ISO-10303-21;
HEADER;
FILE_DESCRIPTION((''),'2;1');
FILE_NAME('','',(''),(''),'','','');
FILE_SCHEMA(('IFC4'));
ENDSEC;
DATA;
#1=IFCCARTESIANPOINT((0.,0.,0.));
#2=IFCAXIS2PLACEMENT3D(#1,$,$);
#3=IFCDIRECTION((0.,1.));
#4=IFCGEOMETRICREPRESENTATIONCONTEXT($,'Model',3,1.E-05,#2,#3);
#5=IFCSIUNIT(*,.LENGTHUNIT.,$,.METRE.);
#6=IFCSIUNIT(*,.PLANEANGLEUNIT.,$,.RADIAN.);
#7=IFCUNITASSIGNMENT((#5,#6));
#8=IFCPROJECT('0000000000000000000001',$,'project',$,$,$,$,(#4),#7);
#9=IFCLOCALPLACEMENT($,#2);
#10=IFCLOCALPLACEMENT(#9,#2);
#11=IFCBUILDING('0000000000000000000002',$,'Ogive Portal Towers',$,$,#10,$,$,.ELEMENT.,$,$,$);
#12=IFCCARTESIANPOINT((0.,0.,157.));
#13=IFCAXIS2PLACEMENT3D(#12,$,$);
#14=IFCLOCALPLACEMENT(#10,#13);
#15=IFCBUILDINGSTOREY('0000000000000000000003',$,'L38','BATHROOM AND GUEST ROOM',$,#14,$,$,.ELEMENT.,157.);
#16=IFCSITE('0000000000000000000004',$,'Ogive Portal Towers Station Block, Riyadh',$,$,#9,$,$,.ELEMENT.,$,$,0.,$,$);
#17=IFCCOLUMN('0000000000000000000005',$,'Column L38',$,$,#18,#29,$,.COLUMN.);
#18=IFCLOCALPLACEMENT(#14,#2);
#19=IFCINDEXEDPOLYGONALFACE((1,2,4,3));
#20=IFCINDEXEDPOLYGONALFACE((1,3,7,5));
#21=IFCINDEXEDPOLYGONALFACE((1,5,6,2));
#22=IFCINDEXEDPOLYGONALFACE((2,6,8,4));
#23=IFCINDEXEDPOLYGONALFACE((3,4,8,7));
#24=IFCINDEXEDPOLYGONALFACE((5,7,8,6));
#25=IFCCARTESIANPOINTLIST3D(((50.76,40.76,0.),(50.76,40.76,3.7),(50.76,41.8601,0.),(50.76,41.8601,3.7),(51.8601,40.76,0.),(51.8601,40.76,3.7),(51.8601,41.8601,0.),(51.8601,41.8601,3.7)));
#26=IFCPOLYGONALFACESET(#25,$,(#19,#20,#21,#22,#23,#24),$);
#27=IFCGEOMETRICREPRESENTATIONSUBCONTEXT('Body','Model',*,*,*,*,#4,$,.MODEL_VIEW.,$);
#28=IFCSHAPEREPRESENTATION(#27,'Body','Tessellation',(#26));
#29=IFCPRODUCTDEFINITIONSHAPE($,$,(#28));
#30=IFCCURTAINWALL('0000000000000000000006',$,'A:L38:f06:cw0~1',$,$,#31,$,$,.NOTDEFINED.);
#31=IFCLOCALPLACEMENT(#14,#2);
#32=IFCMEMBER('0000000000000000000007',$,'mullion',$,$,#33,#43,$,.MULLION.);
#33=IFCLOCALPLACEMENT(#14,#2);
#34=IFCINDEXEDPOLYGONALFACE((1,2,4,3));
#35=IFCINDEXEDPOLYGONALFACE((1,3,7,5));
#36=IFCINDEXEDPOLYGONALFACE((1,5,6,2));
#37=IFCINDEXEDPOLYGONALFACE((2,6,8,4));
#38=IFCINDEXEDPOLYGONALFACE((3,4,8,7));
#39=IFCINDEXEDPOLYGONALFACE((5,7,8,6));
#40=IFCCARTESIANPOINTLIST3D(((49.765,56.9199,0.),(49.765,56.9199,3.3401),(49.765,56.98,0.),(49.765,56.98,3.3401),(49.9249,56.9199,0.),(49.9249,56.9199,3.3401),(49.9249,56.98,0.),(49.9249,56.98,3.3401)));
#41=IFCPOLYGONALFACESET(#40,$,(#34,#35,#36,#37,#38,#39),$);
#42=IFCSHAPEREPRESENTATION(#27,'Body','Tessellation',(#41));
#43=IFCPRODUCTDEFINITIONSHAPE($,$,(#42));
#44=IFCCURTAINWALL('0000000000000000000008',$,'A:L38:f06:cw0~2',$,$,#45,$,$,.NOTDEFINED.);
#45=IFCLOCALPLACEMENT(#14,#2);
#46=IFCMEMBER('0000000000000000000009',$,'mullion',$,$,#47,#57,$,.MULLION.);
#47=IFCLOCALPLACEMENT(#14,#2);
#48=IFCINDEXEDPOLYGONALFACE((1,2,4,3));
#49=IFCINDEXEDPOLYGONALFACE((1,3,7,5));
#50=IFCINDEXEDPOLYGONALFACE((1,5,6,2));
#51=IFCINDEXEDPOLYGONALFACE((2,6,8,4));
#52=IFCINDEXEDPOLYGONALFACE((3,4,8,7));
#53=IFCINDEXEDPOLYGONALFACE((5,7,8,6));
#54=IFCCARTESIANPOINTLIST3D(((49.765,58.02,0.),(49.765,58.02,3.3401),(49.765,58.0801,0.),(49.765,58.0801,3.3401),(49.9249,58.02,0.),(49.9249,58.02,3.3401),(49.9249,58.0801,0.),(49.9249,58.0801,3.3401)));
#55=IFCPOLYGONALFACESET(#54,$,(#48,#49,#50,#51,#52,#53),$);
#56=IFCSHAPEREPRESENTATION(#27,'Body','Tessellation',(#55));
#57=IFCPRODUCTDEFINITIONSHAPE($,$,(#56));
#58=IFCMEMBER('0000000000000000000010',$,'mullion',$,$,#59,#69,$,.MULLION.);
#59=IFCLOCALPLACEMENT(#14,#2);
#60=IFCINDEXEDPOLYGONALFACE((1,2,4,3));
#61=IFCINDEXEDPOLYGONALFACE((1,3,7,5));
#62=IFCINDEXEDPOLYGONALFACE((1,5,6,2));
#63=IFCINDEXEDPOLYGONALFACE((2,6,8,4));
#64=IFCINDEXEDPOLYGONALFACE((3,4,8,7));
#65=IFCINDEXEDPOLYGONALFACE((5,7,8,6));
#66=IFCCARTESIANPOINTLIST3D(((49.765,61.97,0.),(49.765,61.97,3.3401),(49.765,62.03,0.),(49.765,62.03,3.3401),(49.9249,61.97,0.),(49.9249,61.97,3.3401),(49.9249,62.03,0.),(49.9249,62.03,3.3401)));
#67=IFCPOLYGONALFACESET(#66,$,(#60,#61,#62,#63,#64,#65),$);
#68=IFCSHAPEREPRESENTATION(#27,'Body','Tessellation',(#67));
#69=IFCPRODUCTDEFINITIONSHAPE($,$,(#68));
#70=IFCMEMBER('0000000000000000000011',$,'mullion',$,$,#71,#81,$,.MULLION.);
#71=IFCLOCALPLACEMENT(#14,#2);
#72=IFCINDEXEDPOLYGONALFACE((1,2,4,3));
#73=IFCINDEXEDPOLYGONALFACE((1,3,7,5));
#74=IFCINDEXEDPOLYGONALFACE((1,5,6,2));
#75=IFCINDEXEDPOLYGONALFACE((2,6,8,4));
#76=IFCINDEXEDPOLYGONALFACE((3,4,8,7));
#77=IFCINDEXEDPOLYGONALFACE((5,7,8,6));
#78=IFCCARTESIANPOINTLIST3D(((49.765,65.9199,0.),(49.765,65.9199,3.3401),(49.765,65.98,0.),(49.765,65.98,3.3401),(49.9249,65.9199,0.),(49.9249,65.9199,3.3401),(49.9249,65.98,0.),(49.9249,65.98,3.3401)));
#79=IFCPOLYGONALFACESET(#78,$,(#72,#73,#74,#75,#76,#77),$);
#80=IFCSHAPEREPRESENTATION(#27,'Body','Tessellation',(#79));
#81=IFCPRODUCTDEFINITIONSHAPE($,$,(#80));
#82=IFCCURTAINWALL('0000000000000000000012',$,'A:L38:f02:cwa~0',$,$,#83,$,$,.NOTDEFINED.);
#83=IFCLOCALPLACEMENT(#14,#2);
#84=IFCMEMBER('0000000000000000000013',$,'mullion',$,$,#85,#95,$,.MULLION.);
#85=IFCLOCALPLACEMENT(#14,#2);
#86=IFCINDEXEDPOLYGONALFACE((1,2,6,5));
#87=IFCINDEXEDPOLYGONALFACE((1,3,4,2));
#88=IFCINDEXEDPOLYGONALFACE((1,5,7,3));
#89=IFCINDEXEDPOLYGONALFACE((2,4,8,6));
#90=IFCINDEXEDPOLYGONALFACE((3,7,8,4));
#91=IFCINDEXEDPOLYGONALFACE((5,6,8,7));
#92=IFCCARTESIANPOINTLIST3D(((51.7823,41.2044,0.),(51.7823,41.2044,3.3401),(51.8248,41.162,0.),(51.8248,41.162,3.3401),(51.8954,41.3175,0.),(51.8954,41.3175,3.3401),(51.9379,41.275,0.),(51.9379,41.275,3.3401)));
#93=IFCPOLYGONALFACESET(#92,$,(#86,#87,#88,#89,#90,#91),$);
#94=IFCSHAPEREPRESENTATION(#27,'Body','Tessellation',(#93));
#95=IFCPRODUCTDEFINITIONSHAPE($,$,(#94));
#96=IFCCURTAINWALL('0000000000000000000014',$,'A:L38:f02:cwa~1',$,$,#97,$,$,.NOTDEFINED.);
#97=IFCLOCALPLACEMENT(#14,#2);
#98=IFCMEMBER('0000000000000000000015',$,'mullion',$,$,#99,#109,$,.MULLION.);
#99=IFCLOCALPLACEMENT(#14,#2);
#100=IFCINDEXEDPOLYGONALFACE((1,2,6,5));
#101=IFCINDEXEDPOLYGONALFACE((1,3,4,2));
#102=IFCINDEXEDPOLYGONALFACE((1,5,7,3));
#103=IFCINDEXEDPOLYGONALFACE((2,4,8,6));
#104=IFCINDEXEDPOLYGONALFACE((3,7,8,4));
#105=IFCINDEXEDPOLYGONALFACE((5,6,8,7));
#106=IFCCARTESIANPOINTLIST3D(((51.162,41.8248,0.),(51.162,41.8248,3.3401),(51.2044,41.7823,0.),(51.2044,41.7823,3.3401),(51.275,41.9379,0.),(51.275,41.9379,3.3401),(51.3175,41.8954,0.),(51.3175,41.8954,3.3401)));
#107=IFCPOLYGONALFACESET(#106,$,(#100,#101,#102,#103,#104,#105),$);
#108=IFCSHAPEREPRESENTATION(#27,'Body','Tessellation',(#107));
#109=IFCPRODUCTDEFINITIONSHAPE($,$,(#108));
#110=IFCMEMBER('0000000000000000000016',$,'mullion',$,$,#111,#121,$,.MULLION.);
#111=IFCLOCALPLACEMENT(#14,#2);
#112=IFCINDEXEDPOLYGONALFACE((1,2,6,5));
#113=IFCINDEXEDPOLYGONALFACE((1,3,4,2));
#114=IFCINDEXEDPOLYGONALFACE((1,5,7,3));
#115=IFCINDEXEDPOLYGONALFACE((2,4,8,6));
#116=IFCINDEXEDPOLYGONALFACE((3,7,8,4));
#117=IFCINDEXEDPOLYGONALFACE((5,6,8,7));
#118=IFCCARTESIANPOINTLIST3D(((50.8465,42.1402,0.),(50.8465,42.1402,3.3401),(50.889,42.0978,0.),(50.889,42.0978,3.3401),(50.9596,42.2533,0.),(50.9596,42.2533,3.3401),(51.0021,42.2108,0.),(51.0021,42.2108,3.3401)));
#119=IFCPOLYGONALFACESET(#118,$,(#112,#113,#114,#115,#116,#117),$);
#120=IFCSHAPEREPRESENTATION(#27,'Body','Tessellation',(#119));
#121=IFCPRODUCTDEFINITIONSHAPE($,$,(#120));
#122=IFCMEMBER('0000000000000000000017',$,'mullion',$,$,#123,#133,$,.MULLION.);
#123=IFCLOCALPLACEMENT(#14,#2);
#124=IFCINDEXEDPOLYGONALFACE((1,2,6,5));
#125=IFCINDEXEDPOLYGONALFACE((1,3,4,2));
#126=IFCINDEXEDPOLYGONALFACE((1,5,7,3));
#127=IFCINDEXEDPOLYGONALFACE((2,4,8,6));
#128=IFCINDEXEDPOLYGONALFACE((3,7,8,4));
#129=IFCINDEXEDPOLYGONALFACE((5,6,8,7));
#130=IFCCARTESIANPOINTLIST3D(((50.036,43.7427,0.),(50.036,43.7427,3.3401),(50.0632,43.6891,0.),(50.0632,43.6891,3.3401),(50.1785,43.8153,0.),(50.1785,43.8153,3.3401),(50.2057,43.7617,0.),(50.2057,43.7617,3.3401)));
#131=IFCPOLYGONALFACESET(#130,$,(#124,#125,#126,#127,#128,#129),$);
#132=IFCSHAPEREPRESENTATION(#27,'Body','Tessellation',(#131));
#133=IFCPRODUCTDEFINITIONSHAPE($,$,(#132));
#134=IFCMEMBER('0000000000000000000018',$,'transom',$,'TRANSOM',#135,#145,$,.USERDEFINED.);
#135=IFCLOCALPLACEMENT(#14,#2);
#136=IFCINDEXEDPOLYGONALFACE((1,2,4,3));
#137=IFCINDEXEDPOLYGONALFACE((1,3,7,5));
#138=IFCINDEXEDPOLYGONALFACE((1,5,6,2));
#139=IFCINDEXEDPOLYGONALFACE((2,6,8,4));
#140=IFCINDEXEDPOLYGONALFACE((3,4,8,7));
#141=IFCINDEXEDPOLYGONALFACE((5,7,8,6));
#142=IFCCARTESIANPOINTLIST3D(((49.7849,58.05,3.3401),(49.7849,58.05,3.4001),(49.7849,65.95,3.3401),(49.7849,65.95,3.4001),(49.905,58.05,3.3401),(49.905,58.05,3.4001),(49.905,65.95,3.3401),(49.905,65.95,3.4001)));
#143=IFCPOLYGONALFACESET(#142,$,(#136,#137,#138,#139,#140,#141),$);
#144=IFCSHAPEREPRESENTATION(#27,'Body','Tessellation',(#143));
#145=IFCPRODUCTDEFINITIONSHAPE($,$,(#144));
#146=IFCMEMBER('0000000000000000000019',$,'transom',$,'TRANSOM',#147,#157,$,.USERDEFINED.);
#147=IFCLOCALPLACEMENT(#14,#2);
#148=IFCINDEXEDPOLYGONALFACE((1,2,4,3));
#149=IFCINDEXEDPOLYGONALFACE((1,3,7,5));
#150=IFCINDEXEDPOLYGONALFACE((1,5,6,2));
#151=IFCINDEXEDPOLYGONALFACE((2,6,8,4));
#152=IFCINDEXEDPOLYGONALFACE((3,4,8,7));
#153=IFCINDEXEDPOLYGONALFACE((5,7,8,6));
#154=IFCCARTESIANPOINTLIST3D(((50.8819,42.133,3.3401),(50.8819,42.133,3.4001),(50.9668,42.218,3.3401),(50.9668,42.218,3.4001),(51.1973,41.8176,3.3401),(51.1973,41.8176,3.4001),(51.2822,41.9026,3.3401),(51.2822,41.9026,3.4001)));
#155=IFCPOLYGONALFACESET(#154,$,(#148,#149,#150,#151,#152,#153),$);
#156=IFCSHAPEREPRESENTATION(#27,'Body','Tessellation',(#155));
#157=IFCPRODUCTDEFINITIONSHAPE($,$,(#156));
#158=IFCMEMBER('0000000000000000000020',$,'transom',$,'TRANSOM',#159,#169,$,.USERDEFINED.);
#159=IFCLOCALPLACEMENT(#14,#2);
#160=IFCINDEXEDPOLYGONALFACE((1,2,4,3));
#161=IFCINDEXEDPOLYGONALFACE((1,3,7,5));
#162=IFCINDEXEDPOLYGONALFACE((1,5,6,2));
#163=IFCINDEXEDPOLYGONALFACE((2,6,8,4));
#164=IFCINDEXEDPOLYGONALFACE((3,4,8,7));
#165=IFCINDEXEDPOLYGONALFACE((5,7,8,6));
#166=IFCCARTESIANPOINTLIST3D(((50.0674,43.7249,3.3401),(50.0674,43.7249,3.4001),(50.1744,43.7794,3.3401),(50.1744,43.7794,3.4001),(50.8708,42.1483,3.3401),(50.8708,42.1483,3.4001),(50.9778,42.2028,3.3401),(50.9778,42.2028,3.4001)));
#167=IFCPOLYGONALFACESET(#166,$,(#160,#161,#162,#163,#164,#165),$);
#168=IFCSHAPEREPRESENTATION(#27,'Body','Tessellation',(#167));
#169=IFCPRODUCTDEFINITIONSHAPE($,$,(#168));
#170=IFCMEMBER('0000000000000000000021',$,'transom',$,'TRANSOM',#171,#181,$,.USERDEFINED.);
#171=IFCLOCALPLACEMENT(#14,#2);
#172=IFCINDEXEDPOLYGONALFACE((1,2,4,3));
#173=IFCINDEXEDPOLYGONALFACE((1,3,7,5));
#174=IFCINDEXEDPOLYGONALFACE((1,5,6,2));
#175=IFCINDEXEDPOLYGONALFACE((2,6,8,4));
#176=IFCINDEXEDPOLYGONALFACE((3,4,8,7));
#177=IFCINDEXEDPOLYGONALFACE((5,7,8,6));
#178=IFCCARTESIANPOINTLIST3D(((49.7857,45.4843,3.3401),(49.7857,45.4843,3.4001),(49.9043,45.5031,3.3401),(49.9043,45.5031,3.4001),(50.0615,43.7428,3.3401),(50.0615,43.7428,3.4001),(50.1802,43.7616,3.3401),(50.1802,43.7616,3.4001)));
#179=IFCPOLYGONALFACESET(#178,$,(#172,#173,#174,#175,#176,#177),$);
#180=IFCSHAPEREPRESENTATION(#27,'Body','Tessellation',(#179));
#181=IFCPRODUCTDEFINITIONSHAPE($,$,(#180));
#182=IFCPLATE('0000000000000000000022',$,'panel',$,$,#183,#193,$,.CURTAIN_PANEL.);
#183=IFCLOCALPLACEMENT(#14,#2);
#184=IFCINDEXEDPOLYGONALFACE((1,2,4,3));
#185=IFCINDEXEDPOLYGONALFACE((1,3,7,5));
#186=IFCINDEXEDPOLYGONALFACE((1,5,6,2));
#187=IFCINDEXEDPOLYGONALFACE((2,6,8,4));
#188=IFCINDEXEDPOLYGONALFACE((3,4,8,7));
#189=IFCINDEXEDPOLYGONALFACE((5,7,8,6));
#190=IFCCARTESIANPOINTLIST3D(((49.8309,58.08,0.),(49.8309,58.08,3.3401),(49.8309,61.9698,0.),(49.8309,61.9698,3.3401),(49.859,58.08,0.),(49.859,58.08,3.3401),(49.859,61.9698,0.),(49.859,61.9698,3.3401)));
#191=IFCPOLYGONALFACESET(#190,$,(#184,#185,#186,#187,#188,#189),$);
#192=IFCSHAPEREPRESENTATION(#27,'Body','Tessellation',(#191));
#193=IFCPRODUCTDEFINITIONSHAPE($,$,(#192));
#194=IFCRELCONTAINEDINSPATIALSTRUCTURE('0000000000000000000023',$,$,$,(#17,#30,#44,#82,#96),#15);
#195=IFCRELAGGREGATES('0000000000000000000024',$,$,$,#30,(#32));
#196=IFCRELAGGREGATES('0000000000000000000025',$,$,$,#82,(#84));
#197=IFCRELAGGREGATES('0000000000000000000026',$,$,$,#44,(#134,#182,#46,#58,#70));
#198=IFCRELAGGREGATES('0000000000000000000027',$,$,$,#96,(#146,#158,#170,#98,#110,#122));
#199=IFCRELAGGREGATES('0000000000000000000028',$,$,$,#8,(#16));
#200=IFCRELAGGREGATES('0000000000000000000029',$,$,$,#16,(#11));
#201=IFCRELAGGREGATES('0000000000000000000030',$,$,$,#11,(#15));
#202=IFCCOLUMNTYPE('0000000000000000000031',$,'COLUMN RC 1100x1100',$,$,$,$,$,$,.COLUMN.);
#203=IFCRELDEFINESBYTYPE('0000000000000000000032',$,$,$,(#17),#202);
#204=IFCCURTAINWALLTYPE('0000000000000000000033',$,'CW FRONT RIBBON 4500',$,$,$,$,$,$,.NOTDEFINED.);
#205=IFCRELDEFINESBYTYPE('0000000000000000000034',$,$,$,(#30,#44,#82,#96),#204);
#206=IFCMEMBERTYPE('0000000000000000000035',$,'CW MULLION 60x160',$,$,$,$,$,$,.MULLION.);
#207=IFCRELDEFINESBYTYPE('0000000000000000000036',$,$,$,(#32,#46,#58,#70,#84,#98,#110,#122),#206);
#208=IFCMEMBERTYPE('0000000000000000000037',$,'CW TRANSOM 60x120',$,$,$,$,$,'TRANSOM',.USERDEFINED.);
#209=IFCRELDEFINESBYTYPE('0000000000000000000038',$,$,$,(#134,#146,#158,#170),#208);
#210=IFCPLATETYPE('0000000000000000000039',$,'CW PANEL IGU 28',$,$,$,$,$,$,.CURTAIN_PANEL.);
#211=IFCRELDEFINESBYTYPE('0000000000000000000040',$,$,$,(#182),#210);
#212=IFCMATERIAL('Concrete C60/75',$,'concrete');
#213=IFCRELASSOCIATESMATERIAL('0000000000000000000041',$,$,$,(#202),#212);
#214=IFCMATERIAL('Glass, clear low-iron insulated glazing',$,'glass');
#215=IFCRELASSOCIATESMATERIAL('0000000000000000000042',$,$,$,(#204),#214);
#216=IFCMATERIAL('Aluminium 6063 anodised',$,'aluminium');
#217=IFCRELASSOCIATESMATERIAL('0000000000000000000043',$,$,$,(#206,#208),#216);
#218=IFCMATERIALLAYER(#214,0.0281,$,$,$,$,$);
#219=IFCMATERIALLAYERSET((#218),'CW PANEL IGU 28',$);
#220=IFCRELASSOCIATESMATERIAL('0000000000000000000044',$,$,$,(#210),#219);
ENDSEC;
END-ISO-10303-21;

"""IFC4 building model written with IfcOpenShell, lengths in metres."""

from ifc_helpers import new_model, si_unit, direction, frame, origin, origin_2d, place, context, subcontext, project, spatial, rectangle, extrude, material, layer, layer_set, material_profile, profile_set, type_object, element, aggregate, save


model = new_model("IFC4")

# Units and contexts
model_context = context("Model", 3, precision=1e-05, world=origin(), true_north=direction((0.0, 1.0)))
body_context = subcontext(model_context, "Body", "Model", "MODEL_VIEW")
ifc_project = project(units=[si_unit("LENGTHUNIT", "METRE"), si_unit("PLANEANGLEUNIT", "RADIAN")], contexts=[model_context])

# Site, building, storey
site_placement = place(None, origin())
site = spatial("IfcSite", under=ifc_project, at=site_placement, Name="Ogive Portal Towers Station Block, Riyadh", CompositionType="ELEMENT", RefElevation=0.0)
building_placement = place(site_placement, origin())
building = spatial("IfcBuilding", under=site, at=building_placement, Name="Ogive Portal Towers", CompositionType="ELEMENT")
storey_placement = place(building_placement, frame((0.0, 0.0, 157.0)))
storey = spatial("IfcBuildingStorey", under=building, at=storey_placement, Name="L38", Description="BATHROOM AND GUEST ROOM", CompositionType="ELEMENT", Elevation=157.0)

# Column
ifc_material_1 = material(Name="Concrete C60/75", Category="concrete")
ifc_material_profile_1 = material_profile(ifc_material_1, rectangle(XDim=1.1001, YDim=1.1001, at=origin_2d()), Name="RC 1100x1100")
ifc_profile_set_1 = profile_set([ifc_material_profile_1], Name="Concrete C60/75")
column_type = type_object("IfcColumnType", Name="COLUMN RC 1100x1100", PredefinedType="COLUMN", material=ifc_profile_set_1)
column_placement = place(storey_placement, frame((51.3101, 41.3101, 0.0), z_axis=(0.0, 0.0, 1.0), x_axis=(1.0, 0.0, 0.0)))
element("IfcColumn", 1, at=column_placement, inside=storey, type_object=column_type, Name="Column L38", PredefinedType="COLUMN", context=body_context, shape_type="SweptSolid", body=[
    extrude(rectangle(XDim=1.1001, YDim=1.1001, at=origin_2d()), origin(), (0.0, 0.0, 1.0), 3.7),
])

# Curtain wall, member
ifc_material_2 = material(Name="Glass, clear low-iron insulated glazing", Category="glass")
curtain_wall_type = type_object("IfcCurtainWallType", Name="CW FRONT RIBBON 4500", PredefinedType="NOTDEFINED", material=ifc_material_2)
curtain_wall_1_placement = place(storey_placement, origin())
curtain_wall_1 = element("IfcCurtainWall", 2, at=curtain_wall_1_placement, inside=storey, type_object=curtain_wall_type, Name="A:L38:f06:cw0~1", PredefinedType="NOTDEFINED")
ifc_material_3 = material(Name="Aluminium 6063 anodised", Category="aluminium")
ifc_material_profile_2 = material_profile(ifc_material_3, rectangle(XDim=0.1599, YDim=0.0601, at=origin_2d()), Name="AL 60x160")
ifc_profile_set_2 = profile_set([ifc_material_profile_2], Name="Aluminium 6063 anodised")
member_type_1 = type_object("IfcMemberType", Name="CW MULLION 60x160", PredefinedType="MULLION", material=ifc_profile_set_2)
member_1_placement = place(storey_placement, frame((49.845, 56.95, 0.0), z_axis=(0.0, 0.0, 1.0), x_axis=(-1.0, 0.0, 0.0)))
member_1 = element("IfcMember", 3, at=member_1_placement, type_object=member_type_1, Name="mullion", PredefinedType="MULLION", context=body_context, shape_type="SweptSolid", body=[
    extrude(rectangle(XDim=0.1599, YDim=0.0601, at=origin_2d()), origin(), (0.0, 0.0, 1.0), 3.3401),
])
aggregate(curtain_wall_1, [member_1])

# Curtain wall, members
curtain_wall_2_placement = place(storey_placement, origin())
curtain_wall_2 = element("IfcCurtainWall", 4, at=curtain_wall_2_placement, inside=storey, type_object=curtain_wall_type, Name="A:L38:f06:cw0~2", PredefinedType="NOTDEFINED")
member_2_placement = place(storey_placement, frame((49.845, 58.05, 0.0), z_axis=(0.0, 0.0, 1.0), x_axis=(-1.0, 0.0, 0.0)))
member_2 = element("IfcMember", 5, at=member_2_placement, type_object=member_type_1, Name="mullion", PredefinedType="MULLION", context=body_context, shape_type="SweptSolid", body=[
    extrude(rectangle(XDim=0.1599, YDim=0.0601, at=origin_2d()), origin(), (0.0, 0.0, 1.0), 3.3401),
])
member_3_placement = place(storey_placement, frame((49.845, 62.0, 0.0), z_axis=(0.0, 0.0, 1.0), x_axis=(-1.0, 0.0, 0.0)))
member_3 = element("IfcMember", 6, at=member_3_placement, type_object=member_type_1, Name="mullion", PredefinedType="MULLION", context=body_context, shape_type="SweptSolid", body=[
    extrude(rectangle(XDim=0.1599, YDim=0.0601, at=origin_2d()), origin(), (0.0, 0.0, 1.0), 3.3401),
])
member_4_placement = place(storey_placement, frame((49.845, 65.95, 0.0), z_axis=(0.0, 0.0, 1.0), x_axis=(-1.0, 0.0, 0.0)))
member_4 = element("IfcMember", 7, at=member_4_placement, type_object=member_type_1, Name="mullion", PredefinedType="MULLION", context=body_context, shape_type="SweptSolid", body=[
    extrude(rectangle(XDim=0.1599, YDim=0.0601, at=origin_2d()), origin(), (0.0, 0.0, 1.0), 3.3401),
])

# Curtain wall, member
curtain_wall_3_placement = place(storey_placement, origin())
curtain_wall_3 = element("IfcCurtainWall", 8, at=curtain_wall_3_placement, inside=storey, type_object=curtain_wall_type, Name="A:L38:f02:cwa~0", PredefinedType="NOTDEFINED")
member_5_placement = place(storey_placement, frame((51.8601, 41.2397, 0.0), z_axis=(0.0, 0.0, 1.0), x_axis=(-0.707107, -0.707107, 0.0)))
member_5 = element("IfcMember", 9, at=member_5_placement, type_object=member_type_1, Name="mullion", PredefinedType="MULLION", context=body_context, shape_type="SweptSolid", body=[
    extrude(rectangle(XDim=0.1599, YDim=0.0601, at=origin_2d()), origin(), (0.0, 0.0, 1.0), 3.3401),
])
aggregate(curtain_wall_3, [member_5])

# Curtain wall, members
curtain_wall_4_placement = place(storey_placement, origin())
curtain_wall_4 = element("IfcCurtainWall", 10, at=curtain_wall_4_placement, inside=storey, type_object=curtain_wall_type, Name="A:L38:f02:cwa~1", PredefinedType="NOTDEFINED")
member_6_placement = place(storey_placement, frame((51.2397, 41.8601, 0.0), z_axis=(0.0, 0.0, 1.0), x_axis=(-0.707107, -0.707107, 0.0)))
member_6 = element("IfcMember", 11, at=member_6_placement, type_object=member_type_1, Name="mullion", PredefinedType="MULLION", context=body_context, shape_type="SweptSolid", body=[
    extrude(rectangle(XDim=0.1599, YDim=0.0601, at=origin_2d()), origin(), (0.0, 0.0, 1.0), 3.3401),
])
member_7_placement = place(storey_placement, frame((50.9243, 42.1755, 0.0), z_axis=(0.0, 0.0, 1.0), x_axis=(-0.707107, -0.707107, 0.0)))
member_7 = element("IfcMember", 12, at=member_7_placement, type_object=member_type_1, Name="mullion", PredefinedType="MULLION", context=body_context, shape_type="SweptSolid", body=[
    extrude(rectangle(XDim=0.1599, YDim=0.0601, at=origin_2d()), origin(), (0.0, 0.0, 1.0), 3.3401),
])
member_8_placement = place(storey_placement, frame((50.1208, 43.7522, 0.0), z_axis=(0.0, 0.0, 1.0), x_axis=(-0.891007, -0.45399, 0.0)))
member_8 = element("IfcMember", 13, at=member_8_placement, type_object=member_type_1, Name="mullion", PredefinedType="MULLION", context=body_context, shape_type="SweptSolid", body=[
    extrude(rectangle(XDim=0.1599, YDim=0.0601, at=origin_2d()), origin(), (0.0, 0.0, 1.0), 3.3401),
])

# Members
ifc_material_profile_3 = material_profile(ifc_material_3, rectangle(XDim=0.1201, YDim=0.0601, at=origin_2d()), Name="AL 120x60")
ifc_profile_set_3 = profile_set([ifc_material_profile_3], Name="Aluminium 6063 anodised")
member_type_2 = type_object("IfcMemberType", Name="CW TRANSOM 60x120", ElementType="TRANSOM", PredefinedType="USERDEFINED", material=ifc_profile_set_3)
member_9_placement = place(storey_placement, frame((49.845, 58.05, 3.3701), z_axis=(0.0, 1.0, 0.0), x_axis=(-1.0, 0.0, 0.0)))
member_9 = element("IfcMember", 14, at=member_9_placement, type_object=member_type_2, Name="transom", ObjectType="TRANSOM", PredefinedType="USERDEFINED", context=body_context, shape_type="SweptSolid", body=[
    extrude(rectangle(XDim=0.1201, YDim=0.0601, at=origin_2d()), origin(), (0.0, 0.0, 1.0), 7.8999),
])
member_10_placement = place(storey_placement, frame((51.2397, 41.8601, 3.3701), z_axis=(-0.707107, 0.707107, 0.0), x_axis=(-0.707107, -0.707107, 0.0)))
member_10 = element("IfcMember", 15, at=member_10_placement, type_object=member_type_2, Name="transom", ObjectType="TRANSOM", PredefinedType="USERDEFINED", context=body_context, shape_type="SweptSolid", body=[
    extrude(rectangle(XDim=0.1201, YDim=0.0601, at=origin_2d()), origin(), (0.0, 0.0, 1.0), 0.446),
])
member_11_placement = place(storey_placement, frame((50.9243, 42.1755, 3.3701), z_axis=(-0.454044, 0.890979, 0.0), x_axis=(-0.890979, -0.454044, 0.0)))
member_11 = element("IfcMember", 16, at=member_11_placement, type_object=member_type_2, Name="transom", ObjectType="TRANSOM", PredefinedType="USERDEFINED", context=body_context, shape_type="SweptSolid", body=[
    extrude(rectangle(XDim=0.1201, YDim=0.0601, at=origin_2d()), origin(), (0.0, 0.0, 1.0), 1.7695),
])
member_12_placement = place(storey_placement, frame((50.1208, 43.7522, 3.3701), z_axis=(-0.156467, 0.987683, 0.0), x_axis=(-0.987683, -0.156467, 0.0)))
member_12 = element("IfcMember", 17, at=member_12_placement, type_object=member_type_2, Name="transom", ObjectType="TRANSOM", PredefinedType="USERDEFINED", context=body_context, shape_type="SweptSolid", body=[
    extrude(rectangle(XDim=0.1201, YDim=0.0601, at=origin_2d()), origin(), (0.0, 0.0, 1.0), 1.7632),
])

# Plate
ifc_layer = layer(ifc_material_2, 0.0281)
ifc_layer_set = layer_set([ifc_layer], Name="CW PANEL IGU 28")
plate_type = type_object("IfcPlateType", Name="CW PANEL IGU 28", PredefinedType="CURTAIN_PANEL", material=ifc_layer_set)
plate_1_placement = place(storey_placement, frame((49.845, 60.0249, 0.0), z_axis=(0.0, 0.0, 1.0), x_axis=(0.0, 1.0, 0.0)))
plate_1 = element("IfcPlate", 18, at=plate_1_placement, type_object=plate_type, Name="panel", PredefinedType="CURTAIN_PANEL", context=body_context, shape_type="SweptSolid", body=[
    extrude(rectangle(XDim=3.8899, YDim=0.0281, at=origin_2d()), origin(), (0.0, 0.0, 1.0), 3.3401),
])
aggregate(curtain_wall_2, [member_9, plate_1, member_2, member_3, member_4])
aggregate(curtain_wall_4, [member_10, member_11, member_12, member_6, member_7, member_8])

save(model, "model.ifc")
